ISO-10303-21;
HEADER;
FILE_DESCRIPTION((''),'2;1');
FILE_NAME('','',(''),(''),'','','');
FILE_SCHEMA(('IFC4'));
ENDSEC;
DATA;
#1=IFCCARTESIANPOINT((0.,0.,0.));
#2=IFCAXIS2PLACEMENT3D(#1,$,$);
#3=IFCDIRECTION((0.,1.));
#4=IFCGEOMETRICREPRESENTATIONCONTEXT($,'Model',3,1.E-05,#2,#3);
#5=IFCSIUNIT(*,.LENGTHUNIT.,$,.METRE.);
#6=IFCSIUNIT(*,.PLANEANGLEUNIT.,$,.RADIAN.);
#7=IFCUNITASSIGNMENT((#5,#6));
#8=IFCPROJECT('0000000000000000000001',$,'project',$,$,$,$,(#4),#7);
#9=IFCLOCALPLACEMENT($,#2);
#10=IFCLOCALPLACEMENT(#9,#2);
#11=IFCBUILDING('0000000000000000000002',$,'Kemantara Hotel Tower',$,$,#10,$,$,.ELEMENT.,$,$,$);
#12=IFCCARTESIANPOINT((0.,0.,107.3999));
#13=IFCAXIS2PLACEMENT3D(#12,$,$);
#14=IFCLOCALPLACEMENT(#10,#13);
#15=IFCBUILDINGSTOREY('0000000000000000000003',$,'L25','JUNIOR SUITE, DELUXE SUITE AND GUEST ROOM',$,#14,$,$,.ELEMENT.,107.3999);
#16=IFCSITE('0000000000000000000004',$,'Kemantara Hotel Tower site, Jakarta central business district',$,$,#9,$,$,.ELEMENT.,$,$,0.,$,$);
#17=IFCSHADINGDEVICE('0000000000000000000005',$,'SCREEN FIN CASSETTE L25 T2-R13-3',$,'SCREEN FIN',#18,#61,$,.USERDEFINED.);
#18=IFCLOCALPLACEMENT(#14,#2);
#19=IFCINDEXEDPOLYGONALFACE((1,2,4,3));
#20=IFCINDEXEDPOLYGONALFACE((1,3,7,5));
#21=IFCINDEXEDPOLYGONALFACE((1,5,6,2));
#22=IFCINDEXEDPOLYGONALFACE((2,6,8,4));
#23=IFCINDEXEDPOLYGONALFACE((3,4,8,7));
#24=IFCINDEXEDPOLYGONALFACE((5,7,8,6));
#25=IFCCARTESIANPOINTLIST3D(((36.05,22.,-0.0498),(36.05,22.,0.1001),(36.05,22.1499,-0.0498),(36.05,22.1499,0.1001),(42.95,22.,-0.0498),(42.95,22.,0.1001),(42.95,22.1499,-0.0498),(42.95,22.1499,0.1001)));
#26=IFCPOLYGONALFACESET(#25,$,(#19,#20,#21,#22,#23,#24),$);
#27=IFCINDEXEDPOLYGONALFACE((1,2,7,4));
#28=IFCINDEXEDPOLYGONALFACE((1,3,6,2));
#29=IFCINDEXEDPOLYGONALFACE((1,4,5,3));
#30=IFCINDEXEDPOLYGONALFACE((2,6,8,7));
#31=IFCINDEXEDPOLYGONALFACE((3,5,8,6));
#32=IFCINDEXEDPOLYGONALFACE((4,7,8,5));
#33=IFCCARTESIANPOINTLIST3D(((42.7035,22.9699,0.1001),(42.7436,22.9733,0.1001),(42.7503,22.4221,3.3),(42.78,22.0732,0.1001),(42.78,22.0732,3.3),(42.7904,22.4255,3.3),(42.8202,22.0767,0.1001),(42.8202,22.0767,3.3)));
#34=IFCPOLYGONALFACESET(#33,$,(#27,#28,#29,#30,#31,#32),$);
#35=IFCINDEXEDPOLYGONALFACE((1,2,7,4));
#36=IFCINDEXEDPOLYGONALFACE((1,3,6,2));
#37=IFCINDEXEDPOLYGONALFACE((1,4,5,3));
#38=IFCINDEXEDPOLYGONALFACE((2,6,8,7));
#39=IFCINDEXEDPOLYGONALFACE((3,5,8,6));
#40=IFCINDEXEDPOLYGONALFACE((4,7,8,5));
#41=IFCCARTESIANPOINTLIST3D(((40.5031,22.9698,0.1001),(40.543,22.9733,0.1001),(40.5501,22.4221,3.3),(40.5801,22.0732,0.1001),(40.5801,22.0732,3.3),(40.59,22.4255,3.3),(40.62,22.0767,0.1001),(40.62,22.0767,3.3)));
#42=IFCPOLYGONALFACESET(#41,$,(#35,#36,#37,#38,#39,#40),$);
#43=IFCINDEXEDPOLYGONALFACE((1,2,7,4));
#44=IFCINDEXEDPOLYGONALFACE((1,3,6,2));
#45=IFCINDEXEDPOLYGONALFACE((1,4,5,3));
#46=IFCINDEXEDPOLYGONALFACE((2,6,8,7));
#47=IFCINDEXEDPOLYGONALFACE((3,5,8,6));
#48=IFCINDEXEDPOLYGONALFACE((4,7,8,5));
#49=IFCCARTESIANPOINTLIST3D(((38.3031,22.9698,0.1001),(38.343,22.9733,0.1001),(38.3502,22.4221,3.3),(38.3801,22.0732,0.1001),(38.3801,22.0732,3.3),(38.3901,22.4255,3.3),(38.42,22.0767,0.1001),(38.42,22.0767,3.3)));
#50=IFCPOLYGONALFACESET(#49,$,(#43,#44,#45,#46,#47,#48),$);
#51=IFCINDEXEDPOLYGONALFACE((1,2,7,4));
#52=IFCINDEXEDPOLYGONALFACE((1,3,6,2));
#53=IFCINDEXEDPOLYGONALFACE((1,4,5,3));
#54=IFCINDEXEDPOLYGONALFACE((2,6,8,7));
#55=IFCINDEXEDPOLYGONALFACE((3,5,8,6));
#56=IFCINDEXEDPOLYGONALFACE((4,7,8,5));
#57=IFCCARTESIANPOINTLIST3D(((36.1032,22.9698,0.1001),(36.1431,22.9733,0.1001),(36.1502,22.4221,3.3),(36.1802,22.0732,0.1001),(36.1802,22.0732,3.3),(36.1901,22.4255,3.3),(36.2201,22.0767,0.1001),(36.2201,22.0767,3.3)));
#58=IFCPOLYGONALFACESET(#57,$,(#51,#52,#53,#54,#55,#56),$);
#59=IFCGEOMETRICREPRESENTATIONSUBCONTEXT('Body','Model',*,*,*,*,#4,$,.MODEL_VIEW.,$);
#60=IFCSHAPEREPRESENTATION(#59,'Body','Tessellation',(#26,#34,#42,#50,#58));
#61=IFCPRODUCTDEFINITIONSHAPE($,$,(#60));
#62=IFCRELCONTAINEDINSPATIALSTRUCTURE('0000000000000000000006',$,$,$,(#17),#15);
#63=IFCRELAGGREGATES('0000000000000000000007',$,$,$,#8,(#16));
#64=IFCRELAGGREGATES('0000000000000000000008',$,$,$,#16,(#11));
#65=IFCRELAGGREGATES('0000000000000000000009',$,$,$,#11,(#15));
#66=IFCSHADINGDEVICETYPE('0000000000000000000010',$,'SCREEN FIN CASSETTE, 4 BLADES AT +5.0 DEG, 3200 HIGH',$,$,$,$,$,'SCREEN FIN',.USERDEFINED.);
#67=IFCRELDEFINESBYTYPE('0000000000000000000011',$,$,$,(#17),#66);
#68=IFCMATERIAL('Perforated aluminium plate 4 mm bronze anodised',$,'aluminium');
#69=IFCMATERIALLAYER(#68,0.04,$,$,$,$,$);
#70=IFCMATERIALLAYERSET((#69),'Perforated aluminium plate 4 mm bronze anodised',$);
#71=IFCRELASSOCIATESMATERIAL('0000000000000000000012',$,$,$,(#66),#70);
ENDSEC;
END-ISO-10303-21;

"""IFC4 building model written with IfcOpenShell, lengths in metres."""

from ifc_helpers import new_model, si_unit, direction, frame, origin, origin_2d, place, context, subcontext, project, spatial, polyline, rectangle, outline, extrude, source, transform, mapped, material, layer, layer_set, type_object, element, save


model = new_model("IFC4")

# Units and contexts
model_context = context("Model", 3, precision=1e-05, world=origin(), true_north=direction((0.0, 1.0)))
body_context = subcontext(model_context, "Body", "Model", "MODEL_VIEW")
ifc_project = project(units=[si_unit("LENGTHUNIT", "METRE"), si_unit("PLANEANGLEUNIT", "RADIAN")], contexts=[model_context])

# Site, building, storey
site_placement = place(None, origin())
site = spatial("IfcSite", under=ifc_project, at=site_placement, Name="Kemantara Hotel Tower site, Jakarta central business district", CompositionType="ELEMENT", RefElevation=0.0)
building_placement = place(site_placement, origin())
building = spatial("IfcBuilding", under=site, at=building_placement, Name="Kemantara Hotel Tower", CompositionType="ELEMENT")
storey_placement = place(building_placement, frame((0.0, 0.0, 107.3999)))
storey = spatial("IfcBuildingStorey", under=building, at=storey_placement, Name="L25", Description="JUNIOR SUITE, DELUXE SUITE AND GUEST ROOM", CompositionType="ELEMENT", Elevation=107.3999)

# Shading device
ifc_material_1 = material(Name="Perforated aluminium plate 4 mm bronze anodised", Category="aluminium")
ifc_layer_1 = layer(ifc_material_1, 0.04)
ifc_layer_set_1 = layer_set([ifc_layer_1], Name="Perforated aluminium plate 4 mm bronze anodised")
shading_device_type_1 = type_object("IfcShadingDeviceType", Name="SCREEN FIN CASSETTE, 4 BLADES AT +5.0 DEG, 3200 HIGH", ElementType="SCREEN FIN", PredefinedType="USERDEFINED", material=ifc_layer_set_1)
shared_shape_1 = source(origin(), body_context, "Body", "SweptSolid", [
    extrude(rectangle(XDim=6.8999, YDim=0.1499, at=origin_2d()), frame((3.3, -0.075, -0.1499), z_axis=(0.0, 0.0, 1.0), x_axis=(1.0, 0.0, 0.0)), (0.0, 0.0, 1.0), 0.1499),
    extrude(outline(polyline([(0.0, 0.0), (0.8999, 0.0), (0.3501, 3.2), (0.0, 3.2), (0.0, 0.0)])), frame((0.02, -0.0732, 0.0), z_axis=(-0.996376, -0.085056, 0.0), x_axis=(0.085056, -0.996376, 0.0)), (0.0, 0.0, 1.0), 0.0403),
    extrude(outline(polyline([(0.0, 0.0), (0.8999, 0.0), (0.3501, 3.2), (0.0, 3.2), (0.0, 0.0)])), frame((2.22, -0.0732, 0.0), z_axis=(-0.996332, -0.085575, 0.0), x_axis=(0.085575, -0.996332, 0.0)), (0.0, 0.0, 1.0), 0.04),
    extrude(outline(polyline([(0.0, 0.0), (0.8999, 0.0), (0.3501, 3.2), (0.0, 3.2), (0.0, 0.0)])), frame((4.4199, -0.0732, 0.0), z_axis=(-0.996332, -0.085575, 0.0), x_axis=(0.085575, -0.996332, 0.0)), (0.0, 0.0, 1.0), 0.04),
    extrude(outline(polyline([(0.0, 0.0), (0.8999, 0.0), (0.3501, 3.2), (0.0, 3.2), (0.0, 0.0)])), frame((6.6199, -0.0732, 0.0), z_axis=(-0.996332, -0.085575, 0.0), x_axis=(0.085575, -0.996332, 0.0)), (0.0, 0.0, 1.0), 0.04),
])
shading_device_1_placement = place(storey_placement, frame((42.8, 22.0, 0.1001), z_axis=(0.0, 0.0, 1.0), x_axis=(-1.0, 0.0, 0.0)))
element("IfcShadingDevice", 1, at=shading_device_1_placement, inside=storey, type_object=shading_device_type_1, Name="SCREEN FIN CASSETTE L25 T2-R13-3", ObjectType="SCREEN FIN", PredefinedType="USERDEFINED", context=body_context, shape_type="MappedRepresentation", body=[
    mapped(shared_shape_1, transform((0.0, 0.0, 0.0))),
])

save(model, "model.ifc")
